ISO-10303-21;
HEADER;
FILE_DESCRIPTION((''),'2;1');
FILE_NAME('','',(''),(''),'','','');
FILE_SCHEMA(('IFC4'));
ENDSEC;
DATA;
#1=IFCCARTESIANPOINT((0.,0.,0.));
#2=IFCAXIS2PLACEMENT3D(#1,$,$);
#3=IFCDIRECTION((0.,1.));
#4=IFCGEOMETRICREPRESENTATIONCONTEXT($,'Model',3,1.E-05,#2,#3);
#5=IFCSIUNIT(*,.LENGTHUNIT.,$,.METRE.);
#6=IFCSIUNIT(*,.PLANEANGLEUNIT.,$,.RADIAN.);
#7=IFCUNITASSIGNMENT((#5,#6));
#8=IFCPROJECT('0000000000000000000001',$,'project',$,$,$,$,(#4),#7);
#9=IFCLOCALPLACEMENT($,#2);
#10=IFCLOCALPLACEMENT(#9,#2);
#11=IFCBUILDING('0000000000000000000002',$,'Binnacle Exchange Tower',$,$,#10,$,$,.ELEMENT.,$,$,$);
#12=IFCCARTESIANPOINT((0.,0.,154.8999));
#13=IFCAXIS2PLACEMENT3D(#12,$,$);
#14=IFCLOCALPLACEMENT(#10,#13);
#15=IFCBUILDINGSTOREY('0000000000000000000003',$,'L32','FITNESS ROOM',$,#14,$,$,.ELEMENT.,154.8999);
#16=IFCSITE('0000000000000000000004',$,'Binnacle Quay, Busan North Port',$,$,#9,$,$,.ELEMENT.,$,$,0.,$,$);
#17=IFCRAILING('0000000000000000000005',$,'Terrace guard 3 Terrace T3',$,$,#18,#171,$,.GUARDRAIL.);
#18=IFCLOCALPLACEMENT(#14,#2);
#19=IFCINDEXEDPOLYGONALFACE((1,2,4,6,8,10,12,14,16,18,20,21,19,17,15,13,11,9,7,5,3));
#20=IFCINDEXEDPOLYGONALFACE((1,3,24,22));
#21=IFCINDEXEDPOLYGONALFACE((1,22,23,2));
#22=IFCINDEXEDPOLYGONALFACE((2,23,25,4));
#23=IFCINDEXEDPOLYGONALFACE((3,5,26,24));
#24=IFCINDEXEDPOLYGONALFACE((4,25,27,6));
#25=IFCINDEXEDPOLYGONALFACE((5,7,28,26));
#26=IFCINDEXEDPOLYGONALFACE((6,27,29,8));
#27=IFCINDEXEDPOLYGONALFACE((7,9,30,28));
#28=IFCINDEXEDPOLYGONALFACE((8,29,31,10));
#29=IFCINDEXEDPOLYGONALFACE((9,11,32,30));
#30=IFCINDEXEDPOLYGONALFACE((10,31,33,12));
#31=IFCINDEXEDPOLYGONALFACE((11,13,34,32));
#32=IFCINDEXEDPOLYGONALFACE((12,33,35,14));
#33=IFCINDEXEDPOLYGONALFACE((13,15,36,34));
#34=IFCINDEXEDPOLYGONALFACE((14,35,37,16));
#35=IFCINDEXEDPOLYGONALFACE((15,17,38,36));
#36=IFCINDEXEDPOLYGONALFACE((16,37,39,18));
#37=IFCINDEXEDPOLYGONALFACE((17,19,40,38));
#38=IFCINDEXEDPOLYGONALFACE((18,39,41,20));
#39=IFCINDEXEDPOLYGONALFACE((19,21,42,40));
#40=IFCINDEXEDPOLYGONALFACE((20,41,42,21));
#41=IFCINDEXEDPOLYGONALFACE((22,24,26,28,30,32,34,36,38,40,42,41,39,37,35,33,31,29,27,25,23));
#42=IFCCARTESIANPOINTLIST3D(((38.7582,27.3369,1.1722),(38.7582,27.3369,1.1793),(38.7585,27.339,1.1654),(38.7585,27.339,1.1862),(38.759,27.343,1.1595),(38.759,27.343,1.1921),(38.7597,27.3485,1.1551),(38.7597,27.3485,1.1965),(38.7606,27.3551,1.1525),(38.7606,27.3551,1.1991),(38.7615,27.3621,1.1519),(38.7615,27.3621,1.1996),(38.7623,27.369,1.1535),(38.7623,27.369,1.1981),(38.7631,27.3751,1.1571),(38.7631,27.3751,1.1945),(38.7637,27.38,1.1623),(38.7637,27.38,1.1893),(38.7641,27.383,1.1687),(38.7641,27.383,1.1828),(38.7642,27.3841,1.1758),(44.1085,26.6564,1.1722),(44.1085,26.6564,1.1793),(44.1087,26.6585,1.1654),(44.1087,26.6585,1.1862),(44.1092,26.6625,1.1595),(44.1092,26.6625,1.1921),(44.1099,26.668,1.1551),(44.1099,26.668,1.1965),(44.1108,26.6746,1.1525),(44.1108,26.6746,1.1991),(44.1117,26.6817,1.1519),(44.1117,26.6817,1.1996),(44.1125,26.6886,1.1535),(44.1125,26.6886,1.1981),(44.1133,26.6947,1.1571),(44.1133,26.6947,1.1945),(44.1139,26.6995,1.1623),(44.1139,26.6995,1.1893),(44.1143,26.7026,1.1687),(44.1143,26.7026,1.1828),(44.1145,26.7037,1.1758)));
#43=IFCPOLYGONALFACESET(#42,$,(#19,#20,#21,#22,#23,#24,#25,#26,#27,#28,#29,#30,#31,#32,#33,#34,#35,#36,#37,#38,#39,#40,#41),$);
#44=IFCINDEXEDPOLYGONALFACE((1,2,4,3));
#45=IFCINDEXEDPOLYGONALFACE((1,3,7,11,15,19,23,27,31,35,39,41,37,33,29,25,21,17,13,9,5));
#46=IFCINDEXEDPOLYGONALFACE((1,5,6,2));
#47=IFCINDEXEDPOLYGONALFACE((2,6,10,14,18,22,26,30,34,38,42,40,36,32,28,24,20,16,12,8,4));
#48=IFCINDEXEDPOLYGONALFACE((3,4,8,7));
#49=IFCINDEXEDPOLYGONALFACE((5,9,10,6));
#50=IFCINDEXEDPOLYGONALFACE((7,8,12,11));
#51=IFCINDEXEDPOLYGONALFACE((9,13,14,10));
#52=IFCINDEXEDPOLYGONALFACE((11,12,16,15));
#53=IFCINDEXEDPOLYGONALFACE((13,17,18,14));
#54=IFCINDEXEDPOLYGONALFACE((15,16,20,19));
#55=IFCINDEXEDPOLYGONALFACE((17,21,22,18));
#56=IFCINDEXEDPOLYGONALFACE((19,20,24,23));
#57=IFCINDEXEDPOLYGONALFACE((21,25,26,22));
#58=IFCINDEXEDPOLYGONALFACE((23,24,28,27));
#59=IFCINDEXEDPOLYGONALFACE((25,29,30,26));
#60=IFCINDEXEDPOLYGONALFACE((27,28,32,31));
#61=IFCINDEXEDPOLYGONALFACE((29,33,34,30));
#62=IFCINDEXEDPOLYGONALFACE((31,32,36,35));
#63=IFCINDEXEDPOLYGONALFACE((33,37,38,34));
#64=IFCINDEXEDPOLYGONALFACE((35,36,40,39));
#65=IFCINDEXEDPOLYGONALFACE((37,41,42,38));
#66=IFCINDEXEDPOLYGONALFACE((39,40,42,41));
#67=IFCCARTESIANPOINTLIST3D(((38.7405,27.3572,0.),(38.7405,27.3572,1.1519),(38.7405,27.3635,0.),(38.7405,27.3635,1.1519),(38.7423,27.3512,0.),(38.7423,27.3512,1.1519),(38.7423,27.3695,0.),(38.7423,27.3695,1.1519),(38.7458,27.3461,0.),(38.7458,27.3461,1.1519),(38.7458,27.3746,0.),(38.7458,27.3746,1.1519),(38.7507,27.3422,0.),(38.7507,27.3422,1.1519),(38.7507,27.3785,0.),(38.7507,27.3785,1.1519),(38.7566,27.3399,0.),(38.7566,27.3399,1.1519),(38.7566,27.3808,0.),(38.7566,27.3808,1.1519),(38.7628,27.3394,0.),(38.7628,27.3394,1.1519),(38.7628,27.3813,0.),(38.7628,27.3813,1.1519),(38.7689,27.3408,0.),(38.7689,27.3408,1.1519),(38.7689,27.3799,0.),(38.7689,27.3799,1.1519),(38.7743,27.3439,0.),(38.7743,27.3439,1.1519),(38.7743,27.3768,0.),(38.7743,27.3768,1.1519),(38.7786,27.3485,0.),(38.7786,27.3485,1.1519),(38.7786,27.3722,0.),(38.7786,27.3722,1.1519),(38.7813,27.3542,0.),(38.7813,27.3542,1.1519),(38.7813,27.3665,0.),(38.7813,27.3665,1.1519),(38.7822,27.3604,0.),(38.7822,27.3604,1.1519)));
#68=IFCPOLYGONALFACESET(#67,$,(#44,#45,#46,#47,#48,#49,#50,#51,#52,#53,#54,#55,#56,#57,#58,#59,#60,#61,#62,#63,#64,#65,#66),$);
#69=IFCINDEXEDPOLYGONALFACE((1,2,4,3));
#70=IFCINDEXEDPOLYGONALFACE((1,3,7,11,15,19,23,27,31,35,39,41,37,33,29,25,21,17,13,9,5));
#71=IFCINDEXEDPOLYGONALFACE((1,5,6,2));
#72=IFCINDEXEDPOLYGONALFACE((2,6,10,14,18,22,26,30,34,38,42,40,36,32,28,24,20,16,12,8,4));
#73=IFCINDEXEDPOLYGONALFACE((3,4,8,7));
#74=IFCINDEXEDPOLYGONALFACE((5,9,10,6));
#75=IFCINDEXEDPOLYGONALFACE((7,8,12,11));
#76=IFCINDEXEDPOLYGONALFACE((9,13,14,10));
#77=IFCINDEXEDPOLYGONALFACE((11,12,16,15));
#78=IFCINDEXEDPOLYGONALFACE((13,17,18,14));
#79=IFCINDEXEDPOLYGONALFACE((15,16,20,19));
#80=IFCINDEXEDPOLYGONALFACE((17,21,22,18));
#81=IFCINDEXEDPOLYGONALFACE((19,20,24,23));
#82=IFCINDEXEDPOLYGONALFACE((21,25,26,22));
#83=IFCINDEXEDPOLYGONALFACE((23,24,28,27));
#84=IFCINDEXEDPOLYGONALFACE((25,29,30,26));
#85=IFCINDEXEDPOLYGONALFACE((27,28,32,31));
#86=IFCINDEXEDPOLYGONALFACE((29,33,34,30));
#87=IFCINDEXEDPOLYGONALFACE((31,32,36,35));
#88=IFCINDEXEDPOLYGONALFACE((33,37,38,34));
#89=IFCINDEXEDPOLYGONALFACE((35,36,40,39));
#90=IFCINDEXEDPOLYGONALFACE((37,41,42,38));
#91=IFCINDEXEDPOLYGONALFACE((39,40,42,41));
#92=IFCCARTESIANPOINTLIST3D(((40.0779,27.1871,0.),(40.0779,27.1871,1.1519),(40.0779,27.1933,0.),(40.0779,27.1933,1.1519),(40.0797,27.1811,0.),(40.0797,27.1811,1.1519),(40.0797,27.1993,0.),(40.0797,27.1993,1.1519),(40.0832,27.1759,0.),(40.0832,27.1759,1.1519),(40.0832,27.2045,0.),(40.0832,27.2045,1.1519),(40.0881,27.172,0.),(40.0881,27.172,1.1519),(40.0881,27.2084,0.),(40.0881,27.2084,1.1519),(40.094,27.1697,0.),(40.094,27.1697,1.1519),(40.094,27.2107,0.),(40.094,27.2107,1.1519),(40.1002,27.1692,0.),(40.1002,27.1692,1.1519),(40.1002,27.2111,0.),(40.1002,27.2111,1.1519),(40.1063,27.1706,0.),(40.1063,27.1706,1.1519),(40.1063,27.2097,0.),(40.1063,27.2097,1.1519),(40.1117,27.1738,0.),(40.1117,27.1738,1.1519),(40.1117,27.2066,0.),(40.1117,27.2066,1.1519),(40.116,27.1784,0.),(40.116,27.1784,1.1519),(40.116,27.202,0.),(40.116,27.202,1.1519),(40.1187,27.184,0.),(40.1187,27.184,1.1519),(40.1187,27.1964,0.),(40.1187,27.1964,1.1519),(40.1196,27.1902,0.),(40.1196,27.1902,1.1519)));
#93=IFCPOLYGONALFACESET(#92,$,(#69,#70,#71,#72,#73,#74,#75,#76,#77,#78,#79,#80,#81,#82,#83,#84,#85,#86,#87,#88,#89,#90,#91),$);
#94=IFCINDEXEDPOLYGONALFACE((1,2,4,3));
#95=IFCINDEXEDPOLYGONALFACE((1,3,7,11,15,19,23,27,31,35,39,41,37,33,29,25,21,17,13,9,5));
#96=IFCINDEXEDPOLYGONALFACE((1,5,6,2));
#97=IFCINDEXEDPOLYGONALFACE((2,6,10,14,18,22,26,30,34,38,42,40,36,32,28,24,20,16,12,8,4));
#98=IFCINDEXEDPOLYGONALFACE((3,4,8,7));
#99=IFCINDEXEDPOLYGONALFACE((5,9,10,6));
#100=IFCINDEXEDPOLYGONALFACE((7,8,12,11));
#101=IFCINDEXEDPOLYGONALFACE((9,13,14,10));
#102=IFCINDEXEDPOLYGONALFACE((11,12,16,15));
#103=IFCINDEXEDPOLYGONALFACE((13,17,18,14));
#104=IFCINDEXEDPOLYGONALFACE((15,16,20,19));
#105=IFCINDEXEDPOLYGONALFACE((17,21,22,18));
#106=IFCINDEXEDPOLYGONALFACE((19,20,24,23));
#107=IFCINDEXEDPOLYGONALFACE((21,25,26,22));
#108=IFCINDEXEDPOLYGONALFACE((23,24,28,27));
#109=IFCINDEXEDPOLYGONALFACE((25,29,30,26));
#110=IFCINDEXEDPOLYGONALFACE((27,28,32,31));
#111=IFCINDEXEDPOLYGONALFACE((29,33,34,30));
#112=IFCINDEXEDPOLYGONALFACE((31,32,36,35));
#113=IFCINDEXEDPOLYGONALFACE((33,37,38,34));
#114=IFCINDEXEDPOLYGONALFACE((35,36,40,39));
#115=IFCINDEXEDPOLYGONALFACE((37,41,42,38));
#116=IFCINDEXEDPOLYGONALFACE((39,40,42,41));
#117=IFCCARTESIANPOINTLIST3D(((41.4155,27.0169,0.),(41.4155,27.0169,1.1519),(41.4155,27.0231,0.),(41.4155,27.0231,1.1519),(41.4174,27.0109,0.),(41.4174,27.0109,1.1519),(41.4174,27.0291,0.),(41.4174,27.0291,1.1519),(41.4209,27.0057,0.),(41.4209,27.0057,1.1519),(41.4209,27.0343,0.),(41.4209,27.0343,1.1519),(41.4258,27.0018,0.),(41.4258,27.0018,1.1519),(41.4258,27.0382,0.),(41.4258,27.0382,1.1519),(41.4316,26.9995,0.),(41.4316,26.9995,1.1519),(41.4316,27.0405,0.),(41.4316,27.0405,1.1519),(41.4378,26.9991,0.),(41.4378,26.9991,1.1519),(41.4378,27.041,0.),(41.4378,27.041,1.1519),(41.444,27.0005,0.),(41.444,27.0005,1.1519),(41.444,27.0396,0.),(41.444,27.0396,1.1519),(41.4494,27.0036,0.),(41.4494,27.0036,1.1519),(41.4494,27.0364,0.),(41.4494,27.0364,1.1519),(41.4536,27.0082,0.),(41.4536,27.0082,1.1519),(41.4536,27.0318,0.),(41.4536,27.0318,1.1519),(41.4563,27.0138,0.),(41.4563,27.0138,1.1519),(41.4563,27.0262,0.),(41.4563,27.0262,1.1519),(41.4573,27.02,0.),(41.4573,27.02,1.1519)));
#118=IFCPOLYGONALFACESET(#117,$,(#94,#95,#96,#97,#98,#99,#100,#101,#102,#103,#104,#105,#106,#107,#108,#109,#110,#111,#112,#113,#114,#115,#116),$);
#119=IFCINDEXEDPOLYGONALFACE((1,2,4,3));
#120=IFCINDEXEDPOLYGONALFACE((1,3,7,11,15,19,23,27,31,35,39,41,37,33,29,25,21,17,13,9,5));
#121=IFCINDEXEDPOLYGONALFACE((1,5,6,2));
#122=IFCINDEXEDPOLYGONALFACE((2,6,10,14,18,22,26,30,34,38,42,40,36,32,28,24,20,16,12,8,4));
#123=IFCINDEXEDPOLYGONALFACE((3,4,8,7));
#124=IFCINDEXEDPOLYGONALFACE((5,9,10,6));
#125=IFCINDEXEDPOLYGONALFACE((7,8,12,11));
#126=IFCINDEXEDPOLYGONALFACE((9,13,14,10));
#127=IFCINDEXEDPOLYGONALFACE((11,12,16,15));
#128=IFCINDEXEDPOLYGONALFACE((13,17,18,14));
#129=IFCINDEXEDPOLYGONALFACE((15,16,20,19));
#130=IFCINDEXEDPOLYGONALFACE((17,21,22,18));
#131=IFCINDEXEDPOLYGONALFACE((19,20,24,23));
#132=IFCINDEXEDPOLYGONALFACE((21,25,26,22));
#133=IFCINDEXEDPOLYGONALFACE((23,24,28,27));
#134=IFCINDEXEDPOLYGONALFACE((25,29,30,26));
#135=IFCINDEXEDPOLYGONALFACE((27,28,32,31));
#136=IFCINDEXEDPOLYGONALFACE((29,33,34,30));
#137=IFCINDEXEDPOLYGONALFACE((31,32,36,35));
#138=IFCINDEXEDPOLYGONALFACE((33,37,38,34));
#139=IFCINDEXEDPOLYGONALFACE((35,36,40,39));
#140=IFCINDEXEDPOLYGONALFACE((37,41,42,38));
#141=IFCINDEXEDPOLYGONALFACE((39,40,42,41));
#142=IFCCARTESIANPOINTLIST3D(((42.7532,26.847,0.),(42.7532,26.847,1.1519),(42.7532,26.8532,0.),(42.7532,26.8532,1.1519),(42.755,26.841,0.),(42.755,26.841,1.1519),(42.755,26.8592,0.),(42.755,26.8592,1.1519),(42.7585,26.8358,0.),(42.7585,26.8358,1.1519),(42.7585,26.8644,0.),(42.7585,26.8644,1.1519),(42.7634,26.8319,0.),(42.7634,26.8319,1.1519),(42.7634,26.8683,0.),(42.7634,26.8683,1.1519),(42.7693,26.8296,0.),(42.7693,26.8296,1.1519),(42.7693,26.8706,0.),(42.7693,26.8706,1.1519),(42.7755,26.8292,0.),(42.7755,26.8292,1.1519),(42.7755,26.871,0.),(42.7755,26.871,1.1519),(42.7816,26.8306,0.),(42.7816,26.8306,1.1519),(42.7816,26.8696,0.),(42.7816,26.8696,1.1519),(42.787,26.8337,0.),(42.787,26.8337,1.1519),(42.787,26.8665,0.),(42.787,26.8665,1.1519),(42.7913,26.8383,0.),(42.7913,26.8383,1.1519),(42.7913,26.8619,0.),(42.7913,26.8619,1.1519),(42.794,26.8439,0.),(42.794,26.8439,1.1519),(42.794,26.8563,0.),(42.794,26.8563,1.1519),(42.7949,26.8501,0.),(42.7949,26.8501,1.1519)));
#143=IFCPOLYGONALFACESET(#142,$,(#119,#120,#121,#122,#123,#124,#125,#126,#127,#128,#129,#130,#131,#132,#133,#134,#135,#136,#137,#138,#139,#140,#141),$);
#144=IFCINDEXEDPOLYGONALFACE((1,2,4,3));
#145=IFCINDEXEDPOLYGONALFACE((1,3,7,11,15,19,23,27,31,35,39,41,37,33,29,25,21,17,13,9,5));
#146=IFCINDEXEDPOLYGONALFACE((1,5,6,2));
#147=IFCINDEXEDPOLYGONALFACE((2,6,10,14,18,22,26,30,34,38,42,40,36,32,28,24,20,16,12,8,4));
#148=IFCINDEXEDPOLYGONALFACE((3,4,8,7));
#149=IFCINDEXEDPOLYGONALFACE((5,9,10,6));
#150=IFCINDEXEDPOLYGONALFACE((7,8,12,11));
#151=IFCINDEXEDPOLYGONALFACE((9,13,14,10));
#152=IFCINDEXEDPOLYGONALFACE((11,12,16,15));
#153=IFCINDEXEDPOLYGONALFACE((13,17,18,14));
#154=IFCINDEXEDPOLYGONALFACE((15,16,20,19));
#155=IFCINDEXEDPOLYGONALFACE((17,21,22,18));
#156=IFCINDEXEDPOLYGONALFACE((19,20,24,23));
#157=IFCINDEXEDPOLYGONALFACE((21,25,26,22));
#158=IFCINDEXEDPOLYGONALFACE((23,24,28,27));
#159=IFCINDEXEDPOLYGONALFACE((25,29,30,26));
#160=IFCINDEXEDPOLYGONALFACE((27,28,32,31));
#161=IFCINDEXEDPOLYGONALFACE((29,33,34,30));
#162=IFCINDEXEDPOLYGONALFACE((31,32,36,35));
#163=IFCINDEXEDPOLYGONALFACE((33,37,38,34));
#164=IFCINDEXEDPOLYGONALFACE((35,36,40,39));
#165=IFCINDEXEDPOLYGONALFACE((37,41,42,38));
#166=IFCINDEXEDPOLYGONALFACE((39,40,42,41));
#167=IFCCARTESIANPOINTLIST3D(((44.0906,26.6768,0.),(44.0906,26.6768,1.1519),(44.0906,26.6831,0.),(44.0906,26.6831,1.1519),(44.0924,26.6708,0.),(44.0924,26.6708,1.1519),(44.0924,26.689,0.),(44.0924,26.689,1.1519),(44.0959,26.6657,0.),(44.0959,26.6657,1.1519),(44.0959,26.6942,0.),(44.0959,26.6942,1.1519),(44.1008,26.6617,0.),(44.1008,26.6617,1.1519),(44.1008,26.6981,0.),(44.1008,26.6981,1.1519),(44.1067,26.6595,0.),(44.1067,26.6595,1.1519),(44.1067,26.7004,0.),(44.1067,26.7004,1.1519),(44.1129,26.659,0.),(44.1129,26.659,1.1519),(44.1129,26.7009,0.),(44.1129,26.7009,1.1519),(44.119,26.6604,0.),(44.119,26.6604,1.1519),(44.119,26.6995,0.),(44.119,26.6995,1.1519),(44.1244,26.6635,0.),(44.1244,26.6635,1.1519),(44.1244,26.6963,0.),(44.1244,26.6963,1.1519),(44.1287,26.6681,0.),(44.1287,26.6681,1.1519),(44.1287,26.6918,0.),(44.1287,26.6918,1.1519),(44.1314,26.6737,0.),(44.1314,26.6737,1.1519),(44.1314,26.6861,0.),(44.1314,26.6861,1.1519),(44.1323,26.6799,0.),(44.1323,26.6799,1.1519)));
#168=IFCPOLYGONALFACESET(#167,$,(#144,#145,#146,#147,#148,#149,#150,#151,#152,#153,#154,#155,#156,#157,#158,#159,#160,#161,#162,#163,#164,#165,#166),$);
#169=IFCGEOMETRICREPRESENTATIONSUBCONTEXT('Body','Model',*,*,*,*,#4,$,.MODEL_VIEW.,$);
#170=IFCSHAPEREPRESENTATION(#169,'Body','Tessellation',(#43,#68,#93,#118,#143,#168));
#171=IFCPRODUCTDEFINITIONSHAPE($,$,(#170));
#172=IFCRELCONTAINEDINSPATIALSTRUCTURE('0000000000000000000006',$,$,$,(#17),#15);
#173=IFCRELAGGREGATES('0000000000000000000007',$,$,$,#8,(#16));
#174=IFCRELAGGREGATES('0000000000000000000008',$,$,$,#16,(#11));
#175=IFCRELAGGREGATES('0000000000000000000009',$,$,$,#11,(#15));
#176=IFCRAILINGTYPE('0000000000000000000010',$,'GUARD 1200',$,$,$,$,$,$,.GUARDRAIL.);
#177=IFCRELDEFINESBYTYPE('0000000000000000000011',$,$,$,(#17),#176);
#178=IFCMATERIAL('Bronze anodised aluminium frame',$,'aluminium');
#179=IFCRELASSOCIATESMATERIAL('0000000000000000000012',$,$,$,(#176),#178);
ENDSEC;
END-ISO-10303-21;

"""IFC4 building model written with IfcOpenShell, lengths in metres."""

from ifc_helpers import new_model, si_unit, direction, frame, origin, origin_2d, place, context, subcontext, project, spatial, circle, extrude, material, type_object, element, save


model = new_model("IFC4")

# Units and contexts
model_context = context("Model", 3, precision=1e-05, world=origin(), true_north=direction((0.0, 1.0)))
body_context = subcontext(model_context, "Body", "Model", "MODEL_VIEW")
ifc_project = project(units=[si_unit("LENGTHUNIT", "METRE"), si_unit("PLANEANGLEUNIT", "RADIAN")], contexts=[model_context])

# Site, building, storey
site_placement = place(None, origin())
site = spatial("IfcSite", under=ifc_project, at=site_placement, Name="Binnacle Quay, Busan North Port", CompositionType="ELEMENT", RefElevation=0.0)
building_placement = place(site_placement, origin())
building = spatial("IfcBuilding", under=site, at=building_placement, Name="Binnacle Exchange Tower", CompositionType="ELEMENT")
storey_placement = place(building_placement, frame((0.0, 0.0, 154.8999)))
storey = spatial("IfcBuildingStorey", under=building, at=storey_placement, Name="L32", Description="FITNESS ROOM", CompositionType="ELEMENT", Elevation=154.8999)

# Shared definitions
ifc_material_1 = material(Name="Bronze anodised aluminium frame", Category="aluminium")

# Railing
railing_type = type_object("IfcRailingType", Name="GUARD 1200", PredefinedType="GUARDRAIL", material=ifc_material_1)
railing_1_placement = place(storey_placement, frame((38.7612, 27.3604, 0.0)))
element("IfcRailing", 1, at=railing_1_placement, inside=storey, type_object=railing_type, Name="Terrace guard 3 Terrace T3", PredefinedType="GUARDRAIL", context=body_context, shape_type="SweptSolid", body=[
    extrude(circle(Radius=0.0239, at=origin_2d()), frame((0.0, 0.0, 1.1758), z_axis=(0.99201, -0.126163, 0.0), x_axis=(0.126163, 0.99201, 0.0)), (0.0, 0.0, 1.0), 5.3933),
    extrude(circle(Radius=0.021, at=origin_2d()), origin(), (0.0, 0.0, 1.0), 1.1519),
    extrude(circle(Radius=0.021, at=origin_2d()), frame((1.3374, -0.1702, 0.0)), (0.0, 0.0, 1.0), 1.1519),
    extrude(circle(Radius=0.021, at=origin_2d()), frame((2.675, -0.3403, 0.0)), (0.0, 0.0, 1.0), 1.1519),
    extrude(circle(Radius=0.021, at=origin_2d()), frame((4.0127, -0.5103, 0.0)), (0.0, 0.0, 1.0), 1.1519),
    extrude(circle(Radius=0.021, at=origin_2d()), frame((5.3501, -0.6804, 0.0)), (0.0, 0.0, 1.0), 1.1519),
])

save(model, "model.ifc")
